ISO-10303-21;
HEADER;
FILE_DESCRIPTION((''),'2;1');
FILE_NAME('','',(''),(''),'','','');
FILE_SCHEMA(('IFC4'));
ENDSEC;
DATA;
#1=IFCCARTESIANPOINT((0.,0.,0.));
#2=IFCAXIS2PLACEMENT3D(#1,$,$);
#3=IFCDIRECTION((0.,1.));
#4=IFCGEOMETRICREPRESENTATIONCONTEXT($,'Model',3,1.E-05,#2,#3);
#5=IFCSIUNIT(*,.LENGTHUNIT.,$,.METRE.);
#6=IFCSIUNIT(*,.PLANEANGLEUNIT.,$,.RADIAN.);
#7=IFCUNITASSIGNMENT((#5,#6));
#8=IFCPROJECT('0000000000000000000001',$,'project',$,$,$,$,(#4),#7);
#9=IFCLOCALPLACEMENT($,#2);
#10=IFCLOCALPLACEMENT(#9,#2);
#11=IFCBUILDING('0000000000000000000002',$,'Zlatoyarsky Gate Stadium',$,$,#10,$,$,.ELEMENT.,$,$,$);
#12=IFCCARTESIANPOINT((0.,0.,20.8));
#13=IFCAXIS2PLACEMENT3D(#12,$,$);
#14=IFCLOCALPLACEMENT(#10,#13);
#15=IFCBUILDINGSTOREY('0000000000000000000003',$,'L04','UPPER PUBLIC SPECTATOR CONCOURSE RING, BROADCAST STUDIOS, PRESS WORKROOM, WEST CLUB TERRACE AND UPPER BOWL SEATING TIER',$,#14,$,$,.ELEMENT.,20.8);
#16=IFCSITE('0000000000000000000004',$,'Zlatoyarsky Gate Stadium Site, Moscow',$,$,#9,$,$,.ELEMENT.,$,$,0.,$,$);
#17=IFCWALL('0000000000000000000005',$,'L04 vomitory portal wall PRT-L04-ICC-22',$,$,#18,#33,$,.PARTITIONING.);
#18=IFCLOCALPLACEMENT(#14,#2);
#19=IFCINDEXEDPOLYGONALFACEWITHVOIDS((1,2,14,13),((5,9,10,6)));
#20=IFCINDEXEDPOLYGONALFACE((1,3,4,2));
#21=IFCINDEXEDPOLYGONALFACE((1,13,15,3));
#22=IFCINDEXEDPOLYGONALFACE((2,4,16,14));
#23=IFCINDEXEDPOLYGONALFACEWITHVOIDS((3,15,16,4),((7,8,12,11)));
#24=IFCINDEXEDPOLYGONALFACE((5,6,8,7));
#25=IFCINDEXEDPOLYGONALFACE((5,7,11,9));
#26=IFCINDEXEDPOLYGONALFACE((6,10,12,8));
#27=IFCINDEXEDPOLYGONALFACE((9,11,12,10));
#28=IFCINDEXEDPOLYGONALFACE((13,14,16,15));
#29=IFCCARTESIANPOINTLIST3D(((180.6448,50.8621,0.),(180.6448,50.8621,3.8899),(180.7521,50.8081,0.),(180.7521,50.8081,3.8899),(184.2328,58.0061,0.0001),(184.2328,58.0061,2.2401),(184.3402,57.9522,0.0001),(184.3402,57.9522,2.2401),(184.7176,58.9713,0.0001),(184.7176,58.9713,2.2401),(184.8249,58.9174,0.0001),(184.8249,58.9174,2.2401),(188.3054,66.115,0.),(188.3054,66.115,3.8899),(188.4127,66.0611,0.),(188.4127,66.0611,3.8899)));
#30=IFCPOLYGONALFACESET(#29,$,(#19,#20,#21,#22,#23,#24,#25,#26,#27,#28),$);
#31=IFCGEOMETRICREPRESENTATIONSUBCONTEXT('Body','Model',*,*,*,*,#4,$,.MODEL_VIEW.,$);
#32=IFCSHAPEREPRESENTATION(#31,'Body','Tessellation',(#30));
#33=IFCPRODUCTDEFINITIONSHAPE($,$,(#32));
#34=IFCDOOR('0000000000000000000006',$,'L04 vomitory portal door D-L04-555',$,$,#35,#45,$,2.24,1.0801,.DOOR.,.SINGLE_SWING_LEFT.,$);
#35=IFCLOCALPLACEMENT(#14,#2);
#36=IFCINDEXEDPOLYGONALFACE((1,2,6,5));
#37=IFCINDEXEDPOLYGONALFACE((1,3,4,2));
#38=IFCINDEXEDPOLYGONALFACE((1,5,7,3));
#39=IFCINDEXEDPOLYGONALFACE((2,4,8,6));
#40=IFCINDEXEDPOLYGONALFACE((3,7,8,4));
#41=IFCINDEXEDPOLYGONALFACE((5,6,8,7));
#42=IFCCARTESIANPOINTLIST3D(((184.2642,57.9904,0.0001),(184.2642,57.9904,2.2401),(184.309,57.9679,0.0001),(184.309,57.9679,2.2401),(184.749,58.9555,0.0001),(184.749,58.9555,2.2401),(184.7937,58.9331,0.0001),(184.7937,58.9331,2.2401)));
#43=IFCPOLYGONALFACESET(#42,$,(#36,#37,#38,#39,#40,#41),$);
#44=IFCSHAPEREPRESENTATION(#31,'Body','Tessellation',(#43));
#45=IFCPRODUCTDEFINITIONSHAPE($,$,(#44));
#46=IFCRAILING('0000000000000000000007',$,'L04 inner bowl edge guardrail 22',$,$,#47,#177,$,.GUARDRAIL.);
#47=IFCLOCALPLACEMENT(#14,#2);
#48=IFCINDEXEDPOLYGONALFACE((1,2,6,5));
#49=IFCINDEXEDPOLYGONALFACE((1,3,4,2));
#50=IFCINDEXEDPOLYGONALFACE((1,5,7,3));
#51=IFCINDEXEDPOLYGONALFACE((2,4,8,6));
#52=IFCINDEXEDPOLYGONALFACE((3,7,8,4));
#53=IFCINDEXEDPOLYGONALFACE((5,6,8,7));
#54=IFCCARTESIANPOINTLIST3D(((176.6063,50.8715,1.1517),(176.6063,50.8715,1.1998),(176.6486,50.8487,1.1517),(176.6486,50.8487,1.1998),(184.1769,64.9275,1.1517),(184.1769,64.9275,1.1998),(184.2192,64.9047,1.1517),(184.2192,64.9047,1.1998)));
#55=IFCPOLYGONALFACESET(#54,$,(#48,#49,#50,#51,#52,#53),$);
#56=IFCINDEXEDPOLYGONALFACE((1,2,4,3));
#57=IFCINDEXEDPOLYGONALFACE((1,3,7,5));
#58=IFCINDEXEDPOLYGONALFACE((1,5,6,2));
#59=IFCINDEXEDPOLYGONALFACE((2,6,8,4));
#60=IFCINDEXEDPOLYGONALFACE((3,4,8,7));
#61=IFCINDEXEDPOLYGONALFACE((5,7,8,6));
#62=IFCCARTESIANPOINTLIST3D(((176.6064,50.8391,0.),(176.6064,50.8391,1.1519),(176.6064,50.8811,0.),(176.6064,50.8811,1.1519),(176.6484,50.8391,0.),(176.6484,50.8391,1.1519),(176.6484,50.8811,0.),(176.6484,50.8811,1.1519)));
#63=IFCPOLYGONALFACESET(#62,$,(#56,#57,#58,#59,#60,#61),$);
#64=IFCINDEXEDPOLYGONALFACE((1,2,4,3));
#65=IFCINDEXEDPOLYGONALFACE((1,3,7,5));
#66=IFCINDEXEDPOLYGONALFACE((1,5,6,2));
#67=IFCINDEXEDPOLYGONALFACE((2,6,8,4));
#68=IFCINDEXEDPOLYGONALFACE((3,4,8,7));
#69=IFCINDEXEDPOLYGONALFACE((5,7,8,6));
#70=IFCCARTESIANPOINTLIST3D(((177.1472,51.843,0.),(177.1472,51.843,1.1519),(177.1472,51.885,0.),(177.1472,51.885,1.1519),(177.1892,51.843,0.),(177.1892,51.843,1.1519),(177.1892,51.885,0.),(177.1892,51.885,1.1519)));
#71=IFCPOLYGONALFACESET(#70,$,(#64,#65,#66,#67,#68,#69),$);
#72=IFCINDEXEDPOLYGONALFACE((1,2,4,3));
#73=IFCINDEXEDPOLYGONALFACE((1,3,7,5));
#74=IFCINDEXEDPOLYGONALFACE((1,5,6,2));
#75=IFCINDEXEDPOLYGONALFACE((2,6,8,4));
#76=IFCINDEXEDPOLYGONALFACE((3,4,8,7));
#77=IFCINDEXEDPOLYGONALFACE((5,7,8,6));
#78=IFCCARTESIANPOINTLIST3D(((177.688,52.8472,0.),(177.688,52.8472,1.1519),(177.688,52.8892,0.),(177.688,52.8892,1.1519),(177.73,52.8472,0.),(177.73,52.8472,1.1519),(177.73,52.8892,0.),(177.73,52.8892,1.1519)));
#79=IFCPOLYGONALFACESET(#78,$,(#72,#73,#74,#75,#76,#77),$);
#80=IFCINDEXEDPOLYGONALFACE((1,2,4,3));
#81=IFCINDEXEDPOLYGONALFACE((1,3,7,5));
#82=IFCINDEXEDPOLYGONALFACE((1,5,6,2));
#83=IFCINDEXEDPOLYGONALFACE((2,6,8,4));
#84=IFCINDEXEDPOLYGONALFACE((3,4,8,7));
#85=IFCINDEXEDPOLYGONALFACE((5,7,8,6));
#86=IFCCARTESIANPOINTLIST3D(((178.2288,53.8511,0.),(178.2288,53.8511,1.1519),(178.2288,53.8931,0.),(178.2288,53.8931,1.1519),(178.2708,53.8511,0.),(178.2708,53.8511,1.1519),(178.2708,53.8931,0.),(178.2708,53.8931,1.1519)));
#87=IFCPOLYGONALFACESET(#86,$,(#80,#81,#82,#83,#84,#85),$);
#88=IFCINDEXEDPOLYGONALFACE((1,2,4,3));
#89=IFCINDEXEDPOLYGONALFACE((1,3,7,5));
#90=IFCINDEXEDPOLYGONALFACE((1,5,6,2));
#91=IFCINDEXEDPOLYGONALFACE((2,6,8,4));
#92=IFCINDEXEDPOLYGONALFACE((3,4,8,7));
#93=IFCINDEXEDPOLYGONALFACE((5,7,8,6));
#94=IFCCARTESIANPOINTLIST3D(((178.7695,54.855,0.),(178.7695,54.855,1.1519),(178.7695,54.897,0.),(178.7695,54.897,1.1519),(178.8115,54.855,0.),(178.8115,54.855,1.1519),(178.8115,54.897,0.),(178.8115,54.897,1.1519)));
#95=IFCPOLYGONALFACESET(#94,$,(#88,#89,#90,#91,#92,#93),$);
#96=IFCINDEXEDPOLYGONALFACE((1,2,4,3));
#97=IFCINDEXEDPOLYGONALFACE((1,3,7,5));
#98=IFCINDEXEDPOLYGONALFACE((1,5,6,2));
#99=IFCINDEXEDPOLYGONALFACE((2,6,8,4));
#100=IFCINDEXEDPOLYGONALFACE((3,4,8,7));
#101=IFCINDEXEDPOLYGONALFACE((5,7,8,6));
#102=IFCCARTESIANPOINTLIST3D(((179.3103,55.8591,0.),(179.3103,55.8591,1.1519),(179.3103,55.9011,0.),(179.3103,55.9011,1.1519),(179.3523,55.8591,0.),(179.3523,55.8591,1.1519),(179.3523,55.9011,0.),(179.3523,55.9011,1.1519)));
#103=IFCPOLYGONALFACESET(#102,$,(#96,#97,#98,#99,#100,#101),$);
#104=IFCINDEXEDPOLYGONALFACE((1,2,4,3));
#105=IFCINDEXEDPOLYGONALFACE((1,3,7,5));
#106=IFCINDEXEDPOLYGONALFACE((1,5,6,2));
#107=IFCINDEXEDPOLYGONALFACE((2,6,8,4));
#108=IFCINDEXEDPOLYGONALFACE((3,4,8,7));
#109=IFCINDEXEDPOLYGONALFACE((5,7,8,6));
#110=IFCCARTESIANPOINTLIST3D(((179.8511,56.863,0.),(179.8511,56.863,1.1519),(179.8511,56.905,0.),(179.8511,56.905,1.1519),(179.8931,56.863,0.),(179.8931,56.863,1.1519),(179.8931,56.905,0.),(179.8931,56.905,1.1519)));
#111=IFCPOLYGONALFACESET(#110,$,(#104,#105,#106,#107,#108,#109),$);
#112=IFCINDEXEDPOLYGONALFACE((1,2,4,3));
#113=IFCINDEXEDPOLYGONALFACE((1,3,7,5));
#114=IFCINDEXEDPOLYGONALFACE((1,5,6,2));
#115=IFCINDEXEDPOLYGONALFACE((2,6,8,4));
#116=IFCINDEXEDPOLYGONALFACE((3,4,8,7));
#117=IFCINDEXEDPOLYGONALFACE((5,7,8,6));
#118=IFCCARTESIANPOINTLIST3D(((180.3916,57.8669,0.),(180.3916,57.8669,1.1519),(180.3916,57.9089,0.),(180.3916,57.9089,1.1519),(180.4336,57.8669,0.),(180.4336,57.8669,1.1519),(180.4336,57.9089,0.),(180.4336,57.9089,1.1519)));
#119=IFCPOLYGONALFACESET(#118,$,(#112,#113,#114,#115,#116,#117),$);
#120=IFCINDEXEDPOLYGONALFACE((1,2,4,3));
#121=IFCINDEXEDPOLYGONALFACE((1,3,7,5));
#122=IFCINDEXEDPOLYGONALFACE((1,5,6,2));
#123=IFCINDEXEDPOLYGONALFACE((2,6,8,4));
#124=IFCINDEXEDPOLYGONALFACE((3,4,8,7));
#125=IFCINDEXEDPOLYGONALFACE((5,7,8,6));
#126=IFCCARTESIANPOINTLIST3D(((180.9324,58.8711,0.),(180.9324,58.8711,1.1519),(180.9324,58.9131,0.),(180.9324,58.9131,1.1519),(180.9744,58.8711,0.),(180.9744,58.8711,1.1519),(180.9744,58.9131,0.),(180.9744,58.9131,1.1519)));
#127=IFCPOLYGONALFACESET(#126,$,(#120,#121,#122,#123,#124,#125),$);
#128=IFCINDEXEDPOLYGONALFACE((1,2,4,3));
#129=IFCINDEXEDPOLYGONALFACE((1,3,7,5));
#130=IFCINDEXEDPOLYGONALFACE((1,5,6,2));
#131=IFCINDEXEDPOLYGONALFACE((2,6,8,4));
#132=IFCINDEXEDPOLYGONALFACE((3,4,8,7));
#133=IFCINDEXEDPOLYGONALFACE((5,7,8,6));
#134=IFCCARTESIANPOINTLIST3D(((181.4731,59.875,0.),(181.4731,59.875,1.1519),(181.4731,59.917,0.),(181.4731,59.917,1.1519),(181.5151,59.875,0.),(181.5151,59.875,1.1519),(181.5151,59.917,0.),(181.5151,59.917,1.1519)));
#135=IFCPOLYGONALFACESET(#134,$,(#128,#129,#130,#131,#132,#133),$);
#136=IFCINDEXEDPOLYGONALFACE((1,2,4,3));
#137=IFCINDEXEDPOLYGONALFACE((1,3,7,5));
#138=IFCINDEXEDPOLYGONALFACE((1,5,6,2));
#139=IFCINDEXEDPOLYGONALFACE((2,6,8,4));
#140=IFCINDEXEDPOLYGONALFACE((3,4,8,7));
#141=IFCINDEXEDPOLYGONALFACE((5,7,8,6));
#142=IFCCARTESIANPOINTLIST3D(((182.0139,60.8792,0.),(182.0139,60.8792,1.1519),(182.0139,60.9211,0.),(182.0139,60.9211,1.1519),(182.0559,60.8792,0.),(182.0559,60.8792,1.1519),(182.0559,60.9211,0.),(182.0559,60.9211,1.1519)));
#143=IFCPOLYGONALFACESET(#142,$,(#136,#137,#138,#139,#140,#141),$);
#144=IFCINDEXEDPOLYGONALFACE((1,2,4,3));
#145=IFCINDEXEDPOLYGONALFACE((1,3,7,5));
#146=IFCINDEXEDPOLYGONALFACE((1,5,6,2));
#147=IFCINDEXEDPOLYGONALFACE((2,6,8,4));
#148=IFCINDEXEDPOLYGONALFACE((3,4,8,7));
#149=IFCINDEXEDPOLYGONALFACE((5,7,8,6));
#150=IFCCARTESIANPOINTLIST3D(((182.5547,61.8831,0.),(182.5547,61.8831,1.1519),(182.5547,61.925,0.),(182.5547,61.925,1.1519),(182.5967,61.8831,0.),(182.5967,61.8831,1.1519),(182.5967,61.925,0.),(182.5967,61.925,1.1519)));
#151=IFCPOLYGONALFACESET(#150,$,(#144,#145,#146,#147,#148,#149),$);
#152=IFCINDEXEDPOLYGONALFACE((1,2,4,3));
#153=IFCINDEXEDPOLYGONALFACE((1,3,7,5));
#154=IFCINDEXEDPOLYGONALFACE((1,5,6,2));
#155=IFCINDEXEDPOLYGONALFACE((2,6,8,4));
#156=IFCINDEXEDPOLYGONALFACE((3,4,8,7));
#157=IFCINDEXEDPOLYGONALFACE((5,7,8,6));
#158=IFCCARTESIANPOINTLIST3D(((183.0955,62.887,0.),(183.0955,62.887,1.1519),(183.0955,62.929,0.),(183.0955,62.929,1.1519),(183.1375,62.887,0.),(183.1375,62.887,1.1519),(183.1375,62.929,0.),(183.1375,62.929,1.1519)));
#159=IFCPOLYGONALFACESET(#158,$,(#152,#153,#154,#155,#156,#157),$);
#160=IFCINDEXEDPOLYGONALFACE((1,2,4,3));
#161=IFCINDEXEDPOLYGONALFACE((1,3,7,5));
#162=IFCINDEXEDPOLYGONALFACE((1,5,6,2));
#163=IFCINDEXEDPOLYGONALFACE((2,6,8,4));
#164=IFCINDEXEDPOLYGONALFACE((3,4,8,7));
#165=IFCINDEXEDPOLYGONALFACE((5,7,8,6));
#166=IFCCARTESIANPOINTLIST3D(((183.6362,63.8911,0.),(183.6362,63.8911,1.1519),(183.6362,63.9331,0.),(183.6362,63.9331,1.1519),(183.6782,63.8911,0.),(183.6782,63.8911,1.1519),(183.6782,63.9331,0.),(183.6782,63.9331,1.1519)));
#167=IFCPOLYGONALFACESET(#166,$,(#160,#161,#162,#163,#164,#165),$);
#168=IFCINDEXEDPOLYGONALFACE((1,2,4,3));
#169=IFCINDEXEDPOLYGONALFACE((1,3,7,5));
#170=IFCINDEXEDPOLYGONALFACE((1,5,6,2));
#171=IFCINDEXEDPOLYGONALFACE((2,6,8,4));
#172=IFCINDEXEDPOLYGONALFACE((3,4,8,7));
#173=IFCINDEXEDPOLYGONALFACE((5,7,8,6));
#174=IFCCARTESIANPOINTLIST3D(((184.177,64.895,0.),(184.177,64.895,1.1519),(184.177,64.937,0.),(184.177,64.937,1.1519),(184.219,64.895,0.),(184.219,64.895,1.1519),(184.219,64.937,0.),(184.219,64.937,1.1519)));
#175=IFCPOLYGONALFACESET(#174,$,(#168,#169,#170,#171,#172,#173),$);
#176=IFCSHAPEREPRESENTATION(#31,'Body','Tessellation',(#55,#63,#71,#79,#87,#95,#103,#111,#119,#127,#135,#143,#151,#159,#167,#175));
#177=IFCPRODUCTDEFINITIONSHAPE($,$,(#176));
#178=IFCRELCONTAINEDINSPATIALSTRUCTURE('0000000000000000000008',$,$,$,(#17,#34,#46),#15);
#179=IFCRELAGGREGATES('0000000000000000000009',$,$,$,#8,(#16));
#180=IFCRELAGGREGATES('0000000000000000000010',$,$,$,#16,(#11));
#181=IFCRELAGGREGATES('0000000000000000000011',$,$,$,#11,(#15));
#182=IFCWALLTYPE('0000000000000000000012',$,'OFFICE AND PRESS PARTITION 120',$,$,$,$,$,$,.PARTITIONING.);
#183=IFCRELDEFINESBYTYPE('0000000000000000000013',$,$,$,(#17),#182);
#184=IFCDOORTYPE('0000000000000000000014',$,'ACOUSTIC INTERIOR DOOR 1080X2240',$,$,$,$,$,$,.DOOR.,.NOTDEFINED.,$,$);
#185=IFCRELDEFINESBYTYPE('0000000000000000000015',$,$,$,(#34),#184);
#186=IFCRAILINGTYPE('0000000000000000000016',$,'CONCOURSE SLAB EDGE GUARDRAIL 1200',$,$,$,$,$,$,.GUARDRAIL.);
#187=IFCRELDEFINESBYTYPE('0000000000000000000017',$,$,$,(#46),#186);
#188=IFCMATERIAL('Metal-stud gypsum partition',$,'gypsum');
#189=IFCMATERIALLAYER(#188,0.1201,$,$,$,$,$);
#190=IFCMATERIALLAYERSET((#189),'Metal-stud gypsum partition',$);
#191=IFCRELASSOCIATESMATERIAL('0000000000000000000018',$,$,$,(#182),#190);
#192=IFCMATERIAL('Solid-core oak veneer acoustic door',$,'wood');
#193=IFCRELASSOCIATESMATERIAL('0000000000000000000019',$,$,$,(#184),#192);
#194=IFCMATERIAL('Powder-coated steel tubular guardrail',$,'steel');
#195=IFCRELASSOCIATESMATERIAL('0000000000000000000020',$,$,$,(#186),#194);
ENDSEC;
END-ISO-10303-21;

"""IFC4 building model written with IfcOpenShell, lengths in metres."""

from ifc_helpers import new_model, si_unit, direction, frame, frame_2d, origin, origin_2d, place, context, subcontext, project, spatial, rectangle, extrude, material, layer, layer_set, type_object, element, fill, save


model = new_model("IFC4")

# Units and contexts
model_context = context("Model", 3, precision=1e-05, world=origin(), true_north=direction((0.0, 1.0)))
body_context = subcontext(model_context, "Body", "Model", "MODEL_VIEW")
ifc_project = project(units=[si_unit("LENGTHUNIT", "METRE"), si_unit("PLANEANGLEUNIT", "RADIAN")], contexts=[model_context])

# Site, building, storey
site_placement = place(None, origin())
site = spatial("IfcSite", under=ifc_project, at=site_placement, Name="Zlatoyarsky Gate Stadium Site, Moscow", CompositionType="ELEMENT", RefElevation=0.0)
building_placement = place(site_placement, origin())
building = spatial("IfcBuilding", under=site, at=building_placement, Name="Zlatoyarsky Gate Stadium", CompositionType="ELEMENT")
storey_placement = place(building_placement, frame((0.0, 0.0, 20.8)))
storey = spatial("IfcBuildingStorey", under=building, at=storey_placement, Name="L04", Description="UPPER PUBLIC SPECTATOR CONCOURSE RING, BROADCAST STUDIOS, PRESS WORKROOM, WEST CLUB TERRACE AND UPPER BOWL SEATING TIER", CompositionType="ELEMENT", Elevation=20.8)

# Wall, opening, door
ifc_material_1 = material(Name="Metal-stud gypsum partition", Category="gypsum")
ifc_layer_1 = layer(ifc_material_1, 0.1201)
ifc_layer_set_1 = layer_set([ifc_layer_1], Name="Metal-stud gypsum partition")
wall_type_1 = type_object("IfcWallType", Name="OFFICE AND PRESS PARTITION 120", PredefinedType="PARTITIONING", material=ifc_layer_set_1)
wall_1_placement = place(storey_placement, frame((180.6985, 50.8352, 0.0), z_axis=(0.0, 0.0, 1.0), x_axis=(0.448815, 0.893625, 0.0)))
wall_1 = element("IfcWall", 1, at=wall_1_placement, inside=storey, type_object=wall_type_1, Name="L04 vomitory portal wall PRT-L04-ICC-22", PredefinedType="PARTITIONING", context=body_context, shape_type="SweptSolid", body=[
    extrude(rectangle(XDim=17.0686, YDim=0.1201, at=frame_2d((8.5342, 0.0))), origin(), (0.0, 0.0, 1.0), 3.8899),
])
opening_1_placement = place(wall_1_placement, frame((7.9944, 0.0, 0.0)))
opening_1 = element("IfcOpeningElement", 2, at=opening_1_placement, cuts=wall_1, PredefinedType="OPENING", context=body_context, shape_type="SweptSolid", body=[
    extrude(rectangle(XDim=1.0801, YDim=2.24, at=frame_2d((0.54, 1.1201))), frame((0.0, 0.0701, 0.0), z_axis=(0.0, -1.0, 0.0), x_axis=(1.0, 0.0, 0.0)), (0.0, 0.0, 1.0), 0.1401),
])
ifc_material_2 = material(Name="Solid-core oak veneer acoustic door", Category="wood")
door_type_1 = type_object("IfcDoorType", Name="ACOUSTIC INTERIOR DOOR 1080X2240", OperationType="NOTDEFINED", PredefinedType="DOOR", material=ifc_material_2)
door_1_placement = place(opening_1_placement, origin())
door_1 = element("IfcDoor", 3, at=door_1_placement, inside=storey, type_object=door_type_1, Name="L04 vomitory portal door D-L04-555", OperationType="SINGLE_SWING_LEFT", OverallHeight=2.24, OverallWidth=1.0801, PredefinedType="DOOR", context=body_context, shape_type="SweptSolid", body=[
    extrude(rectangle(XDim=1.0801, YDim=2.24, at=frame_2d((0.54, 1.1201))), frame((0.0, 0.0249, 0.0), z_axis=(0.0, -1.0, 0.0), x_axis=(1.0, 0.0, 0.0)), (0.0, 0.0, 1.0), 0.05),
])
fill(opening_1, door_1)

# Railing
ifc_material_3 = material(Name="Powder-coated steel tubular guardrail", Category="steel")
railing_type = type_object("IfcRailingType", Name="CONCOURSE SLAB EDGE GUARDRAIL 1200", PredefinedType="GUARDRAIL", material=ifc_material_3)
railing_placement = place(storey_placement, frame((176.6274, 50.8601, 0.0)))
element("IfcRailing", 4, at=railing_placement, inside=storey, type_object=railing_type, Name="L04 inner bowl edge guardrail 22", PredefinedType="GUARDRAIL", context=body_context, shape_type="SweptSolid", body=[
    extrude(rectangle(XDim=0.0481, YDim=0.0481, at=origin_2d()), frame((0.0, 0.0, 1.1758), z_axis=(0.474196, 0.880419, 0.0), x_axis=(-0.880419, 0.474196, 0.0)), (0.0, 0.0, 1.0), 15.9651),
    extrude(rectangle(XDim=0.042, YDim=0.042, at=origin_2d()), origin(), (0.0, 0.0, 1.0), 1.1519),
    extrude(rectangle(XDim=0.042, YDim=0.042, at=origin_2d()), frame((0.5408, 1.0039, 0.0)), (0.0, 0.0, 1.0), 1.1519),
    extrude(rectangle(XDim=0.042, YDim=0.042, at=origin_2d()), frame((1.0815, 2.0081, 0.0)), (0.0, 0.0, 1.0), 1.1519),
    extrude(rectangle(XDim=0.042, YDim=0.042, at=origin_2d()), frame((1.6223, 3.012, 0.0)), (0.0, 0.0, 1.0), 1.1519),
    extrude(rectangle(XDim=0.042, YDim=0.042, at=origin_2d()), frame((2.1631, 4.0159, 0.0)), (0.0, 0.0, 1.0), 1.1519),
    extrude(rectangle(XDim=0.042, YDim=0.042, at=origin_2d()), frame((2.7039, 5.02, 0.0)), (0.0, 0.0, 1.0), 1.1519),
    extrude(rectangle(XDim=0.042, YDim=0.042, at=origin_2d()), frame((3.2446, 6.0239, 0.0)), (0.0, 0.0, 1.0), 1.1519),
    extrude(rectangle(XDim=0.042, YDim=0.042, at=origin_2d()), frame((3.7852, 7.0278, 0.0)), (0.0, 0.0, 1.0), 1.1519),
    extrude(rectangle(XDim=0.042, YDim=0.042, at=origin_2d()), frame((4.3259, 8.032, 0.0)), (0.0, 0.0, 1.0), 1.1519),
    extrude(rectangle(XDim=0.042, YDim=0.042, at=origin_2d()), frame((4.8667, 9.0359, 0.0)), (0.0, 0.0, 1.0), 1.1519),
    extrude(rectangle(XDim=0.042, YDim=0.042, at=origin_2d()), frame((5.4075, 10.04, 0.0)), (0.0, 0.0, 1.0), 1.1519),
    extrude(rectangle(XDim=0.042, YDim=0.042, at=origin_2d()), frame((5.9482, 11.0439, 0.0)), (0.0, 0.0, 1.0), 1.1519),
    extrude(rectangle(XDim=0.042, YDim=0.042, at=origin_2d()), frame((6.489, 12.0479, 0.0)), (0.0, 0.0, 1.0), 1.1519),
    extrude(rectangle(XDim=0.042, YDim=0.042, at=origin_2d()), frame((7.0298, 13.052, 0.0)), (0.0, 0.0, 1.0), 1.1519),
    extrude(rectangle(XDim=0.042, YDim=0.042, at=origin_2d()), frame((7.5706, 14.0559, 0.0)), (0.0, 0.0, 1.0), 1.1519),
])

save(model, "model.ifc")
